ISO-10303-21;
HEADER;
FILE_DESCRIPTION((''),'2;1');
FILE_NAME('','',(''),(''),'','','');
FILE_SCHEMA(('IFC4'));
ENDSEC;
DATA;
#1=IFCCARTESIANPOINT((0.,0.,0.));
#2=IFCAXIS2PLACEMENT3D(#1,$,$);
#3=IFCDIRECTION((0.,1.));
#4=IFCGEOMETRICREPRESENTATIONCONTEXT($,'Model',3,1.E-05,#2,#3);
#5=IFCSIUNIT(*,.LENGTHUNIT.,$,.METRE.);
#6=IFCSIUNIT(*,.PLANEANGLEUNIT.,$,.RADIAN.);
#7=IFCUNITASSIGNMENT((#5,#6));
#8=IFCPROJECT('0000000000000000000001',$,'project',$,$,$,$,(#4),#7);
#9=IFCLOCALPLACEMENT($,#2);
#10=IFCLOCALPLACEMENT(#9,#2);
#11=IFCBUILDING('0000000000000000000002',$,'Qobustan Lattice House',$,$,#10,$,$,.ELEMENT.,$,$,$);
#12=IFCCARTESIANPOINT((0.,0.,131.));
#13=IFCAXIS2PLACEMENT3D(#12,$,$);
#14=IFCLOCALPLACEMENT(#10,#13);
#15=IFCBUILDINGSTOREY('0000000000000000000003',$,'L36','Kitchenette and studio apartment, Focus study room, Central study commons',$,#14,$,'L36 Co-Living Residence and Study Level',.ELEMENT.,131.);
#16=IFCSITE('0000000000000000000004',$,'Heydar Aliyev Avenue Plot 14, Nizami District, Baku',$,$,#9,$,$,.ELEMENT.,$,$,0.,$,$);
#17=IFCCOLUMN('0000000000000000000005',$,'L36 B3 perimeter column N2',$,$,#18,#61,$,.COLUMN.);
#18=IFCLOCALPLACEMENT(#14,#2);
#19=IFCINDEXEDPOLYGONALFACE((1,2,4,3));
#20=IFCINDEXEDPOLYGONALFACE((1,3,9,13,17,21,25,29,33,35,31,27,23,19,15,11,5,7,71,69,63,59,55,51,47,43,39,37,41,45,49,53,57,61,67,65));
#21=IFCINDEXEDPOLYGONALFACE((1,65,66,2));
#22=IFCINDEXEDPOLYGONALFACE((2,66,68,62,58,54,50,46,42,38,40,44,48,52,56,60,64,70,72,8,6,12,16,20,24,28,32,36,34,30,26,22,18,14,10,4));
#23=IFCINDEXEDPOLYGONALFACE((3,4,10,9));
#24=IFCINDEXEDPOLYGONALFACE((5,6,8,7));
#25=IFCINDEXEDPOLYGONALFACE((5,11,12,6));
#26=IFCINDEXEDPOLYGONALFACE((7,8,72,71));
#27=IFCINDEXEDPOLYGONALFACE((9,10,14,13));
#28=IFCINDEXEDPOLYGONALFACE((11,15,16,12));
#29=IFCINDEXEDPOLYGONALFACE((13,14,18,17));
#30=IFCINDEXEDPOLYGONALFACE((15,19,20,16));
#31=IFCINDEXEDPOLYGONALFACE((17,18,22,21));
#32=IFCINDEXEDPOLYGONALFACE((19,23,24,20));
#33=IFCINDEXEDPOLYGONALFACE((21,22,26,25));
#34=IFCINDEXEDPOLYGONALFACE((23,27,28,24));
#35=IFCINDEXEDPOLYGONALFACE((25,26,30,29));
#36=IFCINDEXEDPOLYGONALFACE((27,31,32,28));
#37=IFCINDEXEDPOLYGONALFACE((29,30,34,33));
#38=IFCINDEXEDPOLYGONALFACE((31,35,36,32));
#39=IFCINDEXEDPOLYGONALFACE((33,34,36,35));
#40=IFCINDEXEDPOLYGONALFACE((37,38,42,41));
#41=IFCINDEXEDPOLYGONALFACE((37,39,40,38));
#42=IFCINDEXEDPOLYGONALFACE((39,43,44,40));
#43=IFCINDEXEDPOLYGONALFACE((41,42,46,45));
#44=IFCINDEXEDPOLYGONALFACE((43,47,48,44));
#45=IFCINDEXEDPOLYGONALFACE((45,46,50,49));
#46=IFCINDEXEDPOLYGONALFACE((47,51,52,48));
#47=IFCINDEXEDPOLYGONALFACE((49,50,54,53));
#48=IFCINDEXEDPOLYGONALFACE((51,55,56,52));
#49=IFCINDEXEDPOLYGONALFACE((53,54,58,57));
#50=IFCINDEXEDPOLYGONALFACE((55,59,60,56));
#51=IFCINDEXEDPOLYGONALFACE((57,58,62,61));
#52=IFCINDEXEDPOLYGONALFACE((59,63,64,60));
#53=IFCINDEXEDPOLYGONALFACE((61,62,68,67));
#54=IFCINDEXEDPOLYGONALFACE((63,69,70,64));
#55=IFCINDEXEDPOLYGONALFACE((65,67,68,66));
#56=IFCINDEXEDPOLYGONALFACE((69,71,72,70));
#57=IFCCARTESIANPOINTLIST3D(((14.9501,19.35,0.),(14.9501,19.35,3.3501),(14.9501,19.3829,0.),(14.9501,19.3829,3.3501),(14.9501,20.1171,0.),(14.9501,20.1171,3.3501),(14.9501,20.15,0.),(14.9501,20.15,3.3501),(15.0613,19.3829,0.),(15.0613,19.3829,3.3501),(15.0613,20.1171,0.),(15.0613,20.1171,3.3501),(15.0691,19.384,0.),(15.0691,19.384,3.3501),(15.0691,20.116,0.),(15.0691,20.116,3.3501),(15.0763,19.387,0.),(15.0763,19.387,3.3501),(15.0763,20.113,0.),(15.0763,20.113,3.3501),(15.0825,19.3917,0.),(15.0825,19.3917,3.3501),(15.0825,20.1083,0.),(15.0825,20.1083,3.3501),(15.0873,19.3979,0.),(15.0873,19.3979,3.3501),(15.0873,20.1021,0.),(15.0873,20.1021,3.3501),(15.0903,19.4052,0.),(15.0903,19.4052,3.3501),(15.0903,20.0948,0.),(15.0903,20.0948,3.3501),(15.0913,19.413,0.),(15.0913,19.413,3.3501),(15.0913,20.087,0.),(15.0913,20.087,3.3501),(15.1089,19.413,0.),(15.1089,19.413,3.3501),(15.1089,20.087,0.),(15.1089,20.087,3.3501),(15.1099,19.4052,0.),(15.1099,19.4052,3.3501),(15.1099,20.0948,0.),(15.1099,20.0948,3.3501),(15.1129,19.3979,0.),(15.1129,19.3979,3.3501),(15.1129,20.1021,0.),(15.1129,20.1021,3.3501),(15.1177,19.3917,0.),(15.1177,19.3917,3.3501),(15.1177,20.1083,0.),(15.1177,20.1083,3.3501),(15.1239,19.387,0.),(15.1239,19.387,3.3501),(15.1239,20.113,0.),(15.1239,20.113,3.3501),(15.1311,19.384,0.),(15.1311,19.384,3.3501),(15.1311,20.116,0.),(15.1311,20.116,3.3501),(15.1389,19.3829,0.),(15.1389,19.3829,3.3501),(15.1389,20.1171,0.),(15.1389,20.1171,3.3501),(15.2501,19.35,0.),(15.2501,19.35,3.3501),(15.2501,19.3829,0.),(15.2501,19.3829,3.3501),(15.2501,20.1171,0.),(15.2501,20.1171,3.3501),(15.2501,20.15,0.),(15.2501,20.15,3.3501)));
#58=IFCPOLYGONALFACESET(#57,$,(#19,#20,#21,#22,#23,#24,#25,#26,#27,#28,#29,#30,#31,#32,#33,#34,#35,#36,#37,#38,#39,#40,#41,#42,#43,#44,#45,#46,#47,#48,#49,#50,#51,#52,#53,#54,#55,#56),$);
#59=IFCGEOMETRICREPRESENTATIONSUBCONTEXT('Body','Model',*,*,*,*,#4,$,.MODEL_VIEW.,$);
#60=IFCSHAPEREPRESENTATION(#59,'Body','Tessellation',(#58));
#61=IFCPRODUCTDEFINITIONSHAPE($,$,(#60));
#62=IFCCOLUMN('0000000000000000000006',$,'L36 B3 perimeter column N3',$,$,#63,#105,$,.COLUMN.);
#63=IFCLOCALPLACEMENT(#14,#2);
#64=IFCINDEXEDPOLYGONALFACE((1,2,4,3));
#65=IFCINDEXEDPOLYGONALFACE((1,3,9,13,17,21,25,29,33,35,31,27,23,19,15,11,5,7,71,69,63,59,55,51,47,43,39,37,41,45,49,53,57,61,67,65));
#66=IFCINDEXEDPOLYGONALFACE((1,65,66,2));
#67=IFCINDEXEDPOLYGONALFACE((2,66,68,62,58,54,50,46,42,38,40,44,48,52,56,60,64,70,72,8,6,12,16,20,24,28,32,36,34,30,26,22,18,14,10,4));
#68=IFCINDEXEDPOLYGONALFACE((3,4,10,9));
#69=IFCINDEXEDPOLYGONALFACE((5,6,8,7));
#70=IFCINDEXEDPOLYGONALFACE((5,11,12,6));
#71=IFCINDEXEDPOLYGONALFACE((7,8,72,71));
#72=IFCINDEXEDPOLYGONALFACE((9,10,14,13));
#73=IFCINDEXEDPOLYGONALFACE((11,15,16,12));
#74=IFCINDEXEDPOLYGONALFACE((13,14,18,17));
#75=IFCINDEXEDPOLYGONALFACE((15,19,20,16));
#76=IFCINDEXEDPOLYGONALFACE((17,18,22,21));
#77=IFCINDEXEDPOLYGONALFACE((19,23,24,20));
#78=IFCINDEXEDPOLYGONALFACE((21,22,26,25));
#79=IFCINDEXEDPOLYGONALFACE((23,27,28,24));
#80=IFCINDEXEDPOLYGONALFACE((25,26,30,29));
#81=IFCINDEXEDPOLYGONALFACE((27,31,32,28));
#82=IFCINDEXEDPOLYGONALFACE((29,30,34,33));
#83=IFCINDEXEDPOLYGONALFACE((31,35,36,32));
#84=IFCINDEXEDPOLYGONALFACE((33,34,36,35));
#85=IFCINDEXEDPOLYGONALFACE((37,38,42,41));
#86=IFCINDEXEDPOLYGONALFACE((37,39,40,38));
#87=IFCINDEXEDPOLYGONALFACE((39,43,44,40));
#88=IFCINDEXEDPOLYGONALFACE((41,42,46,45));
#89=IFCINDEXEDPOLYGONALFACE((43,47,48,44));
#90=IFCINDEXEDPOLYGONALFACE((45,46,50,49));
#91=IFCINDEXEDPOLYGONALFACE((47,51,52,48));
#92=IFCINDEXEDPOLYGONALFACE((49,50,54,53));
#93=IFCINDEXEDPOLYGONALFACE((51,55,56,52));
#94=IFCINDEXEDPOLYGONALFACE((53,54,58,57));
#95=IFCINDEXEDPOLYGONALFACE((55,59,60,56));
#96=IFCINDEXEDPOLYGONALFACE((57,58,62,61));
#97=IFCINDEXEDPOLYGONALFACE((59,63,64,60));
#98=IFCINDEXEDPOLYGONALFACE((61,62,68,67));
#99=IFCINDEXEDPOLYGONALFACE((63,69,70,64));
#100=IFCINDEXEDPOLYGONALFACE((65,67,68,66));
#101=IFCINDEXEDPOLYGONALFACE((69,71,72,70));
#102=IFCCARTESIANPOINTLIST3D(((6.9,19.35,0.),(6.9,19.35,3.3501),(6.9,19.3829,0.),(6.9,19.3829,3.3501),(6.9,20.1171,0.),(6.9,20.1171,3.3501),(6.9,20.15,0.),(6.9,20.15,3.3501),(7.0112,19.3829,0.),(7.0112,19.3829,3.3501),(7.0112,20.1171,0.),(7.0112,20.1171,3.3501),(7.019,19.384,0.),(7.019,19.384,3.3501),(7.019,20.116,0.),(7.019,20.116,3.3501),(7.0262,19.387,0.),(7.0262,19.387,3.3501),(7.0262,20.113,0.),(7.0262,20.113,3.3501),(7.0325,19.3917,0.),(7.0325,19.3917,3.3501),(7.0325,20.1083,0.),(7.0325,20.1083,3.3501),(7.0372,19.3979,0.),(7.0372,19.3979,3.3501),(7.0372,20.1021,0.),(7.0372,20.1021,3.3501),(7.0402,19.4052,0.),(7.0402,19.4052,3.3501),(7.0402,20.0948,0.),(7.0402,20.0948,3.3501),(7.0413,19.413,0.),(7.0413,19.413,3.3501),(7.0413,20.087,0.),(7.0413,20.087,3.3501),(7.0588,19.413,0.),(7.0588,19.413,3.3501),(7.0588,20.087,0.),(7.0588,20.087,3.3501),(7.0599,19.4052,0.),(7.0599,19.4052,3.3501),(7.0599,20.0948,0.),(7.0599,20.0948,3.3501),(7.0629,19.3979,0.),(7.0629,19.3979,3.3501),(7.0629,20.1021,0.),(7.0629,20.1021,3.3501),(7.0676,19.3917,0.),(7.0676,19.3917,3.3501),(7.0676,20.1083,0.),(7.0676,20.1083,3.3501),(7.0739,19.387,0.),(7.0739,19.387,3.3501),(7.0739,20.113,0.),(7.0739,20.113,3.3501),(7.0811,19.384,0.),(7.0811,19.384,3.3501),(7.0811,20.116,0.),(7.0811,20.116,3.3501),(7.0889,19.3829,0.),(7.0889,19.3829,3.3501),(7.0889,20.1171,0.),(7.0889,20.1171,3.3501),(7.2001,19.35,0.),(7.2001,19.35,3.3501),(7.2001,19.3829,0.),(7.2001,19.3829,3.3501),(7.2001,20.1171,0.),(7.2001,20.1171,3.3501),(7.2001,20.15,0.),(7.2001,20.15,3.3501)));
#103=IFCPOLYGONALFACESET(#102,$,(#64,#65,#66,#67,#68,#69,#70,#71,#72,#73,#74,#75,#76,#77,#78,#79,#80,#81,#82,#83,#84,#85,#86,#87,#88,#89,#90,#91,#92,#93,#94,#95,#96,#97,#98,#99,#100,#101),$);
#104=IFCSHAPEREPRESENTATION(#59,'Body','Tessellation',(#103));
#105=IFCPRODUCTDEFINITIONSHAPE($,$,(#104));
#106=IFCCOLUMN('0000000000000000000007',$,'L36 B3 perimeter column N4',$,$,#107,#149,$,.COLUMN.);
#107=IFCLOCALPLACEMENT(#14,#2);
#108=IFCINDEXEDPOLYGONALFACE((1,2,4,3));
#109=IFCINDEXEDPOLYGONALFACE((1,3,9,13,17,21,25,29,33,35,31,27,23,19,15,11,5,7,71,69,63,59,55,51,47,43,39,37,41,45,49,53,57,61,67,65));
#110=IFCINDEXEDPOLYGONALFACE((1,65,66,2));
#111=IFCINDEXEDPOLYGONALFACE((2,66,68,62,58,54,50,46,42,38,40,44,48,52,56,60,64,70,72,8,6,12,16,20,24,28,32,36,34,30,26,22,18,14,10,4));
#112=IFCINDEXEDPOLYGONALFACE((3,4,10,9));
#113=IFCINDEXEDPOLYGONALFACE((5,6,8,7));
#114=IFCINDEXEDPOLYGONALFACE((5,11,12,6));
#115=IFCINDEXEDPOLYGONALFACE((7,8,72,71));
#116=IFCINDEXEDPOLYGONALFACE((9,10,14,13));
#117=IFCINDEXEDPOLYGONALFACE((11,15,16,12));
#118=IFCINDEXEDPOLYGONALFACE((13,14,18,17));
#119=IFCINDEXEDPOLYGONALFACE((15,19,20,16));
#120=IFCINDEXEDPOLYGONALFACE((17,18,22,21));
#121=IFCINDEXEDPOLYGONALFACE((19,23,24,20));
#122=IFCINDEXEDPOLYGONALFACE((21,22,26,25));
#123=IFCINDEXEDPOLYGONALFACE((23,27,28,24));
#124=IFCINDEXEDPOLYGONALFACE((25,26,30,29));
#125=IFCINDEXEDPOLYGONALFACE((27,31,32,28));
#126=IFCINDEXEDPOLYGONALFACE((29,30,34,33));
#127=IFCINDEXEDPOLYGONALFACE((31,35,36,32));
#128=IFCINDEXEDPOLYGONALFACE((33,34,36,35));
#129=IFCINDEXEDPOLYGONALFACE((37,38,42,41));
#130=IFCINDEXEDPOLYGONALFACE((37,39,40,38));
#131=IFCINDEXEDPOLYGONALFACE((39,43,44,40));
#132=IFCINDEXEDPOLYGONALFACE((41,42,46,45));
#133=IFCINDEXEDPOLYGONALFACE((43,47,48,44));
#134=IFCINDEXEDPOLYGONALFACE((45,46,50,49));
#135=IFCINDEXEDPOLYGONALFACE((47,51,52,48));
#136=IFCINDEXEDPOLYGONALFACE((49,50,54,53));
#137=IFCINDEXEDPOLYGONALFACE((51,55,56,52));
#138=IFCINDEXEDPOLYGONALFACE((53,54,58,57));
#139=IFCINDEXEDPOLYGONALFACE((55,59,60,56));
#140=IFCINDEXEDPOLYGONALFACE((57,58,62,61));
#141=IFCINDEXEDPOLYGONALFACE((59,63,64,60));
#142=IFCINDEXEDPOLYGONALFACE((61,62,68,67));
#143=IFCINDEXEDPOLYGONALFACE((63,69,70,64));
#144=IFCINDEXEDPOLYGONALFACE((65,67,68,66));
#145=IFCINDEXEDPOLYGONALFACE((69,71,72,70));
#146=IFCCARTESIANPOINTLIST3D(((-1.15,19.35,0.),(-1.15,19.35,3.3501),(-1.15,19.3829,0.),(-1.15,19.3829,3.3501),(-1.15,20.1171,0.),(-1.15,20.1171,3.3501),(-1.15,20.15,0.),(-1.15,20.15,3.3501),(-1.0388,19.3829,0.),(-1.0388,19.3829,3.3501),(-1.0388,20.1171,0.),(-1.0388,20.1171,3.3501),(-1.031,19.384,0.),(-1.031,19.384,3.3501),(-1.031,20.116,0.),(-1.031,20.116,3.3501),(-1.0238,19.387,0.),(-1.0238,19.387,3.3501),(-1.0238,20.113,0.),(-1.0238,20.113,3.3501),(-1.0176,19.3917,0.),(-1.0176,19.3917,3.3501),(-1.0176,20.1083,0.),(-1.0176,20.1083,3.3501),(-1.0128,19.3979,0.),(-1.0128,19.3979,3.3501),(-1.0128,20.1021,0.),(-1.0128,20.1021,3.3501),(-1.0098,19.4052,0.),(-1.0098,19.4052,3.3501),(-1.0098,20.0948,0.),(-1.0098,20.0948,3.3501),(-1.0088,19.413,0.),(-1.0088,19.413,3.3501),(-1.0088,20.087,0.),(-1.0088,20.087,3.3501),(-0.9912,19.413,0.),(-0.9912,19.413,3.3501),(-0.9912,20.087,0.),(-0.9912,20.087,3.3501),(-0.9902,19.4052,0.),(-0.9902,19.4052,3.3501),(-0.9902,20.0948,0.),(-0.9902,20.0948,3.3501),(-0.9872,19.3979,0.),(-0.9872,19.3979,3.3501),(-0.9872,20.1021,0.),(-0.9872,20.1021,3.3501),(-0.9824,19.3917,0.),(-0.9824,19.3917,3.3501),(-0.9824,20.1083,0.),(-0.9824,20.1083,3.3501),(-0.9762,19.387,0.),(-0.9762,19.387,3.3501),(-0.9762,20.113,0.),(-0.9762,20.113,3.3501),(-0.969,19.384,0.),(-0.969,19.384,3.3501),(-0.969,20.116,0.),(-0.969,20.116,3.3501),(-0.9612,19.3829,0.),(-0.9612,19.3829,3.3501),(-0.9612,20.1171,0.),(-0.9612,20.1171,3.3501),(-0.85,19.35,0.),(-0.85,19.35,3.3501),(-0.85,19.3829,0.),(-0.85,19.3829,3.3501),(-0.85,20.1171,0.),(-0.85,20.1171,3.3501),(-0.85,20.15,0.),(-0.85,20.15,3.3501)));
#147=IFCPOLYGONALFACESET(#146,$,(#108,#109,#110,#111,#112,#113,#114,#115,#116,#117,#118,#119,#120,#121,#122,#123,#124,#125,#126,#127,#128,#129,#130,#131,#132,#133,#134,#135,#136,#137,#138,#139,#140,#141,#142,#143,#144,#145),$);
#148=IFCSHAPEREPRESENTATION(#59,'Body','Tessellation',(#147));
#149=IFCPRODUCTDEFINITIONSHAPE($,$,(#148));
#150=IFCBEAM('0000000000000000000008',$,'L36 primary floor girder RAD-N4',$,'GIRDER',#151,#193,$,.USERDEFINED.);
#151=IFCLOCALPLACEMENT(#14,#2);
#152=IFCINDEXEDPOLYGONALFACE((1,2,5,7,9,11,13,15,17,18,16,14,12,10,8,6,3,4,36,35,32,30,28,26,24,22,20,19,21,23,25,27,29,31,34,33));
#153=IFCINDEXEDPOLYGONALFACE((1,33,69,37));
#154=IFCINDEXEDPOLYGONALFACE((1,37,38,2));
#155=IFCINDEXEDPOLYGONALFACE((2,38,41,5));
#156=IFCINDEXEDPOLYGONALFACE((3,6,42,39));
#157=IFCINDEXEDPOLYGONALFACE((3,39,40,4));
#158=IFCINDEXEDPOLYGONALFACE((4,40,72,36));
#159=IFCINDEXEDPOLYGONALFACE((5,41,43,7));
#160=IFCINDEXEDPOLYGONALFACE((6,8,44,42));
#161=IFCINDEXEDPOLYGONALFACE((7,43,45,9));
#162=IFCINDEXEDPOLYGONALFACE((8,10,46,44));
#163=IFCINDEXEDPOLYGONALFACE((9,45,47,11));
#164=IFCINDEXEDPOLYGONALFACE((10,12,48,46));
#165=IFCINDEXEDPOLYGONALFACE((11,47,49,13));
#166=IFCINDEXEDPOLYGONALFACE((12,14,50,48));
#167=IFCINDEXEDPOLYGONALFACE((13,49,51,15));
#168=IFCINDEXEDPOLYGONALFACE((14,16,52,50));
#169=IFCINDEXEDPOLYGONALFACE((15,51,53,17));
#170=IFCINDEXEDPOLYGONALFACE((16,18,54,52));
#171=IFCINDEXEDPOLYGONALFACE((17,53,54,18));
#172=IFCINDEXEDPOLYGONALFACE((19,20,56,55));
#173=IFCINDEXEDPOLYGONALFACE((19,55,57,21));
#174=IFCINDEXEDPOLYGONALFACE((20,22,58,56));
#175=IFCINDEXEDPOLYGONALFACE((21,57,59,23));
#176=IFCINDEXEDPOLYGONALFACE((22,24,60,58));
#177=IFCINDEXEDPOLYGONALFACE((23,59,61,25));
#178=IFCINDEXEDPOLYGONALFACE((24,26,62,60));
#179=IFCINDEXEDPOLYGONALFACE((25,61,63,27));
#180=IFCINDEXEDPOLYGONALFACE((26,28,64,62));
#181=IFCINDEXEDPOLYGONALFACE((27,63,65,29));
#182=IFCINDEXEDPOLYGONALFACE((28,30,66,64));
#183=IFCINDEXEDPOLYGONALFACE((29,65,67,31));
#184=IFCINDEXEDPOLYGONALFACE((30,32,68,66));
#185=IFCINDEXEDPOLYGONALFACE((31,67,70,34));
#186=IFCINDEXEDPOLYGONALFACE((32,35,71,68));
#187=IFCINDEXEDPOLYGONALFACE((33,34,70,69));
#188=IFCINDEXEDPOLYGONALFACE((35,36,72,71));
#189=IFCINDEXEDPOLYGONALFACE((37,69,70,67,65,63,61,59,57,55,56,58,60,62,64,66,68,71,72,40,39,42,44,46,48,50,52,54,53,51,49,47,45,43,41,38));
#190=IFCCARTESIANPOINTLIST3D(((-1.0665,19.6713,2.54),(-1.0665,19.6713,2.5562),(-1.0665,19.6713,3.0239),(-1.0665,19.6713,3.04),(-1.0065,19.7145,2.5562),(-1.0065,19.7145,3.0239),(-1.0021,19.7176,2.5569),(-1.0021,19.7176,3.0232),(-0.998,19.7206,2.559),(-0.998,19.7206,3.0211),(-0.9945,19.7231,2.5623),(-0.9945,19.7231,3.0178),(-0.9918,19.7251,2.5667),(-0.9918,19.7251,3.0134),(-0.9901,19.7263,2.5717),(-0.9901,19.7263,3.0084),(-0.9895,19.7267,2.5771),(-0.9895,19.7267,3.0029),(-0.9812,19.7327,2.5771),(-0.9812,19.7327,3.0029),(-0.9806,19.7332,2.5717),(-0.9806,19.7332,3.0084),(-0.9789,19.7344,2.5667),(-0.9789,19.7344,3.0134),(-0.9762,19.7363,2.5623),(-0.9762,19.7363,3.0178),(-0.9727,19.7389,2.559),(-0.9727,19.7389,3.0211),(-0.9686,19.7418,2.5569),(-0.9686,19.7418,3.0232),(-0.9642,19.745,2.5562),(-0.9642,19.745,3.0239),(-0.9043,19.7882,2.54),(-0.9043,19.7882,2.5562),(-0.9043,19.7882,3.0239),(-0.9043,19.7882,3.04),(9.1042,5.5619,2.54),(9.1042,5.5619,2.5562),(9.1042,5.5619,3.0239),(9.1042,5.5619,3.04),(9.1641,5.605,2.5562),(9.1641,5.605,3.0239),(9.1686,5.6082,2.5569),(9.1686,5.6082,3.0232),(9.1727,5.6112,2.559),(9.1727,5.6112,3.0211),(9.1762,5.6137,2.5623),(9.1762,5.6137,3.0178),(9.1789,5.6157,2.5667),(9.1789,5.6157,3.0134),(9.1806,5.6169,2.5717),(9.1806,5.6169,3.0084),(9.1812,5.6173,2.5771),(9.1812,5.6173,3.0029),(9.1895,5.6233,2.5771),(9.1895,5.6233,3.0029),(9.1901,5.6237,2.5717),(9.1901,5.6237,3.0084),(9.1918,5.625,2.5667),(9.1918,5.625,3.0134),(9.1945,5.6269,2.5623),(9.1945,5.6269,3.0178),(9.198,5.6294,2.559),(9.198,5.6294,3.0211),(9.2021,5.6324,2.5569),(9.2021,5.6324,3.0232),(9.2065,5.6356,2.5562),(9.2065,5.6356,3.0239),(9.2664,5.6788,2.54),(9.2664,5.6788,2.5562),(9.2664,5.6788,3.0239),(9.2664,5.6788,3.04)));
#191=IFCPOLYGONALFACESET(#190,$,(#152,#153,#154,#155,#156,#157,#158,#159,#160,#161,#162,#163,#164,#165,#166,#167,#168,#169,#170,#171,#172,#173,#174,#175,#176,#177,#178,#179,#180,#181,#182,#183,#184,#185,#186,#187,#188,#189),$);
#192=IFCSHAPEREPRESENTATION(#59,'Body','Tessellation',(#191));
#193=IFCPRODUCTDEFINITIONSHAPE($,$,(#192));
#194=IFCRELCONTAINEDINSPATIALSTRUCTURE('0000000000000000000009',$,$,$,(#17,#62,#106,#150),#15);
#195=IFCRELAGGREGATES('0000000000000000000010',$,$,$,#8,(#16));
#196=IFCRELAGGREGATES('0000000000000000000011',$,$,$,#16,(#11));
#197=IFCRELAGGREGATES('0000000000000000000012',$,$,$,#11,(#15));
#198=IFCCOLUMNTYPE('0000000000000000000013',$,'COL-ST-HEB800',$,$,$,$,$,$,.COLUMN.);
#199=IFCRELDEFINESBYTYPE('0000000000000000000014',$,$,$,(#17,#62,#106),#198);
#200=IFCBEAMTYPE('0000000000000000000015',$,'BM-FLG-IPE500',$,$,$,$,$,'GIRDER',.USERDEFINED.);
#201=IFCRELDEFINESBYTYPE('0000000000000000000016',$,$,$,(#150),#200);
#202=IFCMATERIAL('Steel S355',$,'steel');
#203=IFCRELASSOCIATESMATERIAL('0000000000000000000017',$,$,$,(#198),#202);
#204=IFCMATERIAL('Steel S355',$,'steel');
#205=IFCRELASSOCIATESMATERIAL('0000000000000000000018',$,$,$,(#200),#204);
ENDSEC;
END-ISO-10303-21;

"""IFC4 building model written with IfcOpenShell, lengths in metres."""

from ifc_helpers import new_model, si_unit, direction, frame, origin, origin_2d, place, context, subcontext, project, spatial, i_section, extrude, material, material_profile, profile_set, type_object, element, save


model = new_model("IFC4")

# Units and contexts
model_context = context("Model", 3, precision=1e-05, world=origin(), true_north=direction((0.0, 1.0)))
body_context = subcontext(model_context, "Body", "Model", "MODEL_VIEW")
ifc_project = project(units=[si_unit("LENGTHUNIT", "METRE"), si_unit("PLANEANGLEUNIT", "RADIAN")], contexts=[model_context])

# Site, building, storey
site_placement = place(None, origin())
site = spatial("IfcSite", under=ifc_project, at=site_placement, Name="Heydar Aliyev Avenue Plot 14, Nizami District, Baku", CompositionType="ELEMENT", RefElevation=0.0)
building_placement = place(site_placement, origin())
building = spatial("IfcBuilding", under=site, at=building_placement, Name="Qobustan Lattice House", CompositionType="ELEMENT")
storey_placement = place(building_placement, frame((0.0, 0.0, 131.0)))
storey = spatial("IfcBuildingStorey", under=building, at=storey_placement, Name="L36", Description="Kitchenette and studio apartment, Focus study room, Central study commons", LongName="L36 Co-Living Residence and Study Level", CompositionType="ELEMENT", Elevation=131.0)

# Columns
ifc_material_1 = material(Name="Steel S355", Category="steel")
ifc_material_profile_1 = material_profile(ifc_material_1, i_section(OverallWidth=0.3, OverallDepth=0.8, WebThickness=0.0176, FlangeThickness=0.033, FilletRadius=0.03, at=origin_2d()), Name="HEB800")
ifc_profile_set_1 = profile_set([ifc_material_profile_1], Name="Steel S355")
column_type = type_object("IfcColumnType", Name="COL-ST-HEB800", PredefinedType="COLUMN", material=ifc_profile_set_1)
for number, where, z_axis, x_axis, name in (
    (1, (15.1001, 19.75, 0.0), (0.0, 0.0, 1.0), (1.0, 0.0, 0.0), "L36 B3 perimeter column N2"),
    (2, (7.05, 19.75, 0.0), (0.0, 0.0, 1.0), (1.0, 0.0, 0.0), "L36 B3 perimeter column N3"),
    (3, (-1.0, 19.75, 0.0), (0.0, 0.0, 1.0), (1.0, 0.0, 0.0), "L36 B3 perimeter column N4"),
):
    element("IfcColumn", number, at=place(storey_placement, frame(where, z_axis=z_axis, x_axis=x_axis)), inside=storey, type_object=column_type, Name=name, PredefinedType="COLUMN", context=body_context, shape_type="SweptSolid", body=[
        extrude(i_section(OverallWidth=0.3, OverallDepth=0.8, WebThickness=0.0176, FlangeThickness=0.033, FilletRadius=0.03, at=origin_2d()), origin(), (0.0, 0.0, 1.0), 3.3501),
    ])

# Beam
ifc_material_2 = material(Name="Steel S355", Category="steel")
ifc_material_profile_2 = material_profile(ifc_material_2, i_section(OverallWidth=0.2, OverallDepth=0.5, WebThickness=0.0103, FlangeThickness=0.0161, FilletRadius=0.021, at=origin_2d()), Name="IPE500")
ifc_profile_set_2 = profile_set([ifc_material_profile_2], Name="Steel S355")
beam_type_1 = type_object("IfcBeamType", Name="BM-FLG-IPE500", ElementType="GIRDER", PredefinedType="USERDEFINED", material=ifc_profile_set_2)
beam_1_placement = place(storey_placement, frame((-0.9854, 19.7297, 2.79), z_axis=(0.584755, -0.81121, 0.0), x_axis=(0.81121, 0.584755, 0.0)))
element("IfcBeam", 4, at=beam_1_placement, inside=storey, type_object=beam_type_1, Name="L36 primary floor girder RAD-N4", ObjectType="GIRDER", PredefinedType="USERDEFINED", context=body_context, shape_type="SweptSolid", body=[
    extrude(i_section(OverallWidth=0.2, OverallDepth=0.5, WebThickness=0.0103, FlangeThickness=0.0161, FilletRadius=0.021, at=origin_2d()), origin(), (0.0, 0.0, 1.0), 17.3931),
])

save(model, "model.ifc")
